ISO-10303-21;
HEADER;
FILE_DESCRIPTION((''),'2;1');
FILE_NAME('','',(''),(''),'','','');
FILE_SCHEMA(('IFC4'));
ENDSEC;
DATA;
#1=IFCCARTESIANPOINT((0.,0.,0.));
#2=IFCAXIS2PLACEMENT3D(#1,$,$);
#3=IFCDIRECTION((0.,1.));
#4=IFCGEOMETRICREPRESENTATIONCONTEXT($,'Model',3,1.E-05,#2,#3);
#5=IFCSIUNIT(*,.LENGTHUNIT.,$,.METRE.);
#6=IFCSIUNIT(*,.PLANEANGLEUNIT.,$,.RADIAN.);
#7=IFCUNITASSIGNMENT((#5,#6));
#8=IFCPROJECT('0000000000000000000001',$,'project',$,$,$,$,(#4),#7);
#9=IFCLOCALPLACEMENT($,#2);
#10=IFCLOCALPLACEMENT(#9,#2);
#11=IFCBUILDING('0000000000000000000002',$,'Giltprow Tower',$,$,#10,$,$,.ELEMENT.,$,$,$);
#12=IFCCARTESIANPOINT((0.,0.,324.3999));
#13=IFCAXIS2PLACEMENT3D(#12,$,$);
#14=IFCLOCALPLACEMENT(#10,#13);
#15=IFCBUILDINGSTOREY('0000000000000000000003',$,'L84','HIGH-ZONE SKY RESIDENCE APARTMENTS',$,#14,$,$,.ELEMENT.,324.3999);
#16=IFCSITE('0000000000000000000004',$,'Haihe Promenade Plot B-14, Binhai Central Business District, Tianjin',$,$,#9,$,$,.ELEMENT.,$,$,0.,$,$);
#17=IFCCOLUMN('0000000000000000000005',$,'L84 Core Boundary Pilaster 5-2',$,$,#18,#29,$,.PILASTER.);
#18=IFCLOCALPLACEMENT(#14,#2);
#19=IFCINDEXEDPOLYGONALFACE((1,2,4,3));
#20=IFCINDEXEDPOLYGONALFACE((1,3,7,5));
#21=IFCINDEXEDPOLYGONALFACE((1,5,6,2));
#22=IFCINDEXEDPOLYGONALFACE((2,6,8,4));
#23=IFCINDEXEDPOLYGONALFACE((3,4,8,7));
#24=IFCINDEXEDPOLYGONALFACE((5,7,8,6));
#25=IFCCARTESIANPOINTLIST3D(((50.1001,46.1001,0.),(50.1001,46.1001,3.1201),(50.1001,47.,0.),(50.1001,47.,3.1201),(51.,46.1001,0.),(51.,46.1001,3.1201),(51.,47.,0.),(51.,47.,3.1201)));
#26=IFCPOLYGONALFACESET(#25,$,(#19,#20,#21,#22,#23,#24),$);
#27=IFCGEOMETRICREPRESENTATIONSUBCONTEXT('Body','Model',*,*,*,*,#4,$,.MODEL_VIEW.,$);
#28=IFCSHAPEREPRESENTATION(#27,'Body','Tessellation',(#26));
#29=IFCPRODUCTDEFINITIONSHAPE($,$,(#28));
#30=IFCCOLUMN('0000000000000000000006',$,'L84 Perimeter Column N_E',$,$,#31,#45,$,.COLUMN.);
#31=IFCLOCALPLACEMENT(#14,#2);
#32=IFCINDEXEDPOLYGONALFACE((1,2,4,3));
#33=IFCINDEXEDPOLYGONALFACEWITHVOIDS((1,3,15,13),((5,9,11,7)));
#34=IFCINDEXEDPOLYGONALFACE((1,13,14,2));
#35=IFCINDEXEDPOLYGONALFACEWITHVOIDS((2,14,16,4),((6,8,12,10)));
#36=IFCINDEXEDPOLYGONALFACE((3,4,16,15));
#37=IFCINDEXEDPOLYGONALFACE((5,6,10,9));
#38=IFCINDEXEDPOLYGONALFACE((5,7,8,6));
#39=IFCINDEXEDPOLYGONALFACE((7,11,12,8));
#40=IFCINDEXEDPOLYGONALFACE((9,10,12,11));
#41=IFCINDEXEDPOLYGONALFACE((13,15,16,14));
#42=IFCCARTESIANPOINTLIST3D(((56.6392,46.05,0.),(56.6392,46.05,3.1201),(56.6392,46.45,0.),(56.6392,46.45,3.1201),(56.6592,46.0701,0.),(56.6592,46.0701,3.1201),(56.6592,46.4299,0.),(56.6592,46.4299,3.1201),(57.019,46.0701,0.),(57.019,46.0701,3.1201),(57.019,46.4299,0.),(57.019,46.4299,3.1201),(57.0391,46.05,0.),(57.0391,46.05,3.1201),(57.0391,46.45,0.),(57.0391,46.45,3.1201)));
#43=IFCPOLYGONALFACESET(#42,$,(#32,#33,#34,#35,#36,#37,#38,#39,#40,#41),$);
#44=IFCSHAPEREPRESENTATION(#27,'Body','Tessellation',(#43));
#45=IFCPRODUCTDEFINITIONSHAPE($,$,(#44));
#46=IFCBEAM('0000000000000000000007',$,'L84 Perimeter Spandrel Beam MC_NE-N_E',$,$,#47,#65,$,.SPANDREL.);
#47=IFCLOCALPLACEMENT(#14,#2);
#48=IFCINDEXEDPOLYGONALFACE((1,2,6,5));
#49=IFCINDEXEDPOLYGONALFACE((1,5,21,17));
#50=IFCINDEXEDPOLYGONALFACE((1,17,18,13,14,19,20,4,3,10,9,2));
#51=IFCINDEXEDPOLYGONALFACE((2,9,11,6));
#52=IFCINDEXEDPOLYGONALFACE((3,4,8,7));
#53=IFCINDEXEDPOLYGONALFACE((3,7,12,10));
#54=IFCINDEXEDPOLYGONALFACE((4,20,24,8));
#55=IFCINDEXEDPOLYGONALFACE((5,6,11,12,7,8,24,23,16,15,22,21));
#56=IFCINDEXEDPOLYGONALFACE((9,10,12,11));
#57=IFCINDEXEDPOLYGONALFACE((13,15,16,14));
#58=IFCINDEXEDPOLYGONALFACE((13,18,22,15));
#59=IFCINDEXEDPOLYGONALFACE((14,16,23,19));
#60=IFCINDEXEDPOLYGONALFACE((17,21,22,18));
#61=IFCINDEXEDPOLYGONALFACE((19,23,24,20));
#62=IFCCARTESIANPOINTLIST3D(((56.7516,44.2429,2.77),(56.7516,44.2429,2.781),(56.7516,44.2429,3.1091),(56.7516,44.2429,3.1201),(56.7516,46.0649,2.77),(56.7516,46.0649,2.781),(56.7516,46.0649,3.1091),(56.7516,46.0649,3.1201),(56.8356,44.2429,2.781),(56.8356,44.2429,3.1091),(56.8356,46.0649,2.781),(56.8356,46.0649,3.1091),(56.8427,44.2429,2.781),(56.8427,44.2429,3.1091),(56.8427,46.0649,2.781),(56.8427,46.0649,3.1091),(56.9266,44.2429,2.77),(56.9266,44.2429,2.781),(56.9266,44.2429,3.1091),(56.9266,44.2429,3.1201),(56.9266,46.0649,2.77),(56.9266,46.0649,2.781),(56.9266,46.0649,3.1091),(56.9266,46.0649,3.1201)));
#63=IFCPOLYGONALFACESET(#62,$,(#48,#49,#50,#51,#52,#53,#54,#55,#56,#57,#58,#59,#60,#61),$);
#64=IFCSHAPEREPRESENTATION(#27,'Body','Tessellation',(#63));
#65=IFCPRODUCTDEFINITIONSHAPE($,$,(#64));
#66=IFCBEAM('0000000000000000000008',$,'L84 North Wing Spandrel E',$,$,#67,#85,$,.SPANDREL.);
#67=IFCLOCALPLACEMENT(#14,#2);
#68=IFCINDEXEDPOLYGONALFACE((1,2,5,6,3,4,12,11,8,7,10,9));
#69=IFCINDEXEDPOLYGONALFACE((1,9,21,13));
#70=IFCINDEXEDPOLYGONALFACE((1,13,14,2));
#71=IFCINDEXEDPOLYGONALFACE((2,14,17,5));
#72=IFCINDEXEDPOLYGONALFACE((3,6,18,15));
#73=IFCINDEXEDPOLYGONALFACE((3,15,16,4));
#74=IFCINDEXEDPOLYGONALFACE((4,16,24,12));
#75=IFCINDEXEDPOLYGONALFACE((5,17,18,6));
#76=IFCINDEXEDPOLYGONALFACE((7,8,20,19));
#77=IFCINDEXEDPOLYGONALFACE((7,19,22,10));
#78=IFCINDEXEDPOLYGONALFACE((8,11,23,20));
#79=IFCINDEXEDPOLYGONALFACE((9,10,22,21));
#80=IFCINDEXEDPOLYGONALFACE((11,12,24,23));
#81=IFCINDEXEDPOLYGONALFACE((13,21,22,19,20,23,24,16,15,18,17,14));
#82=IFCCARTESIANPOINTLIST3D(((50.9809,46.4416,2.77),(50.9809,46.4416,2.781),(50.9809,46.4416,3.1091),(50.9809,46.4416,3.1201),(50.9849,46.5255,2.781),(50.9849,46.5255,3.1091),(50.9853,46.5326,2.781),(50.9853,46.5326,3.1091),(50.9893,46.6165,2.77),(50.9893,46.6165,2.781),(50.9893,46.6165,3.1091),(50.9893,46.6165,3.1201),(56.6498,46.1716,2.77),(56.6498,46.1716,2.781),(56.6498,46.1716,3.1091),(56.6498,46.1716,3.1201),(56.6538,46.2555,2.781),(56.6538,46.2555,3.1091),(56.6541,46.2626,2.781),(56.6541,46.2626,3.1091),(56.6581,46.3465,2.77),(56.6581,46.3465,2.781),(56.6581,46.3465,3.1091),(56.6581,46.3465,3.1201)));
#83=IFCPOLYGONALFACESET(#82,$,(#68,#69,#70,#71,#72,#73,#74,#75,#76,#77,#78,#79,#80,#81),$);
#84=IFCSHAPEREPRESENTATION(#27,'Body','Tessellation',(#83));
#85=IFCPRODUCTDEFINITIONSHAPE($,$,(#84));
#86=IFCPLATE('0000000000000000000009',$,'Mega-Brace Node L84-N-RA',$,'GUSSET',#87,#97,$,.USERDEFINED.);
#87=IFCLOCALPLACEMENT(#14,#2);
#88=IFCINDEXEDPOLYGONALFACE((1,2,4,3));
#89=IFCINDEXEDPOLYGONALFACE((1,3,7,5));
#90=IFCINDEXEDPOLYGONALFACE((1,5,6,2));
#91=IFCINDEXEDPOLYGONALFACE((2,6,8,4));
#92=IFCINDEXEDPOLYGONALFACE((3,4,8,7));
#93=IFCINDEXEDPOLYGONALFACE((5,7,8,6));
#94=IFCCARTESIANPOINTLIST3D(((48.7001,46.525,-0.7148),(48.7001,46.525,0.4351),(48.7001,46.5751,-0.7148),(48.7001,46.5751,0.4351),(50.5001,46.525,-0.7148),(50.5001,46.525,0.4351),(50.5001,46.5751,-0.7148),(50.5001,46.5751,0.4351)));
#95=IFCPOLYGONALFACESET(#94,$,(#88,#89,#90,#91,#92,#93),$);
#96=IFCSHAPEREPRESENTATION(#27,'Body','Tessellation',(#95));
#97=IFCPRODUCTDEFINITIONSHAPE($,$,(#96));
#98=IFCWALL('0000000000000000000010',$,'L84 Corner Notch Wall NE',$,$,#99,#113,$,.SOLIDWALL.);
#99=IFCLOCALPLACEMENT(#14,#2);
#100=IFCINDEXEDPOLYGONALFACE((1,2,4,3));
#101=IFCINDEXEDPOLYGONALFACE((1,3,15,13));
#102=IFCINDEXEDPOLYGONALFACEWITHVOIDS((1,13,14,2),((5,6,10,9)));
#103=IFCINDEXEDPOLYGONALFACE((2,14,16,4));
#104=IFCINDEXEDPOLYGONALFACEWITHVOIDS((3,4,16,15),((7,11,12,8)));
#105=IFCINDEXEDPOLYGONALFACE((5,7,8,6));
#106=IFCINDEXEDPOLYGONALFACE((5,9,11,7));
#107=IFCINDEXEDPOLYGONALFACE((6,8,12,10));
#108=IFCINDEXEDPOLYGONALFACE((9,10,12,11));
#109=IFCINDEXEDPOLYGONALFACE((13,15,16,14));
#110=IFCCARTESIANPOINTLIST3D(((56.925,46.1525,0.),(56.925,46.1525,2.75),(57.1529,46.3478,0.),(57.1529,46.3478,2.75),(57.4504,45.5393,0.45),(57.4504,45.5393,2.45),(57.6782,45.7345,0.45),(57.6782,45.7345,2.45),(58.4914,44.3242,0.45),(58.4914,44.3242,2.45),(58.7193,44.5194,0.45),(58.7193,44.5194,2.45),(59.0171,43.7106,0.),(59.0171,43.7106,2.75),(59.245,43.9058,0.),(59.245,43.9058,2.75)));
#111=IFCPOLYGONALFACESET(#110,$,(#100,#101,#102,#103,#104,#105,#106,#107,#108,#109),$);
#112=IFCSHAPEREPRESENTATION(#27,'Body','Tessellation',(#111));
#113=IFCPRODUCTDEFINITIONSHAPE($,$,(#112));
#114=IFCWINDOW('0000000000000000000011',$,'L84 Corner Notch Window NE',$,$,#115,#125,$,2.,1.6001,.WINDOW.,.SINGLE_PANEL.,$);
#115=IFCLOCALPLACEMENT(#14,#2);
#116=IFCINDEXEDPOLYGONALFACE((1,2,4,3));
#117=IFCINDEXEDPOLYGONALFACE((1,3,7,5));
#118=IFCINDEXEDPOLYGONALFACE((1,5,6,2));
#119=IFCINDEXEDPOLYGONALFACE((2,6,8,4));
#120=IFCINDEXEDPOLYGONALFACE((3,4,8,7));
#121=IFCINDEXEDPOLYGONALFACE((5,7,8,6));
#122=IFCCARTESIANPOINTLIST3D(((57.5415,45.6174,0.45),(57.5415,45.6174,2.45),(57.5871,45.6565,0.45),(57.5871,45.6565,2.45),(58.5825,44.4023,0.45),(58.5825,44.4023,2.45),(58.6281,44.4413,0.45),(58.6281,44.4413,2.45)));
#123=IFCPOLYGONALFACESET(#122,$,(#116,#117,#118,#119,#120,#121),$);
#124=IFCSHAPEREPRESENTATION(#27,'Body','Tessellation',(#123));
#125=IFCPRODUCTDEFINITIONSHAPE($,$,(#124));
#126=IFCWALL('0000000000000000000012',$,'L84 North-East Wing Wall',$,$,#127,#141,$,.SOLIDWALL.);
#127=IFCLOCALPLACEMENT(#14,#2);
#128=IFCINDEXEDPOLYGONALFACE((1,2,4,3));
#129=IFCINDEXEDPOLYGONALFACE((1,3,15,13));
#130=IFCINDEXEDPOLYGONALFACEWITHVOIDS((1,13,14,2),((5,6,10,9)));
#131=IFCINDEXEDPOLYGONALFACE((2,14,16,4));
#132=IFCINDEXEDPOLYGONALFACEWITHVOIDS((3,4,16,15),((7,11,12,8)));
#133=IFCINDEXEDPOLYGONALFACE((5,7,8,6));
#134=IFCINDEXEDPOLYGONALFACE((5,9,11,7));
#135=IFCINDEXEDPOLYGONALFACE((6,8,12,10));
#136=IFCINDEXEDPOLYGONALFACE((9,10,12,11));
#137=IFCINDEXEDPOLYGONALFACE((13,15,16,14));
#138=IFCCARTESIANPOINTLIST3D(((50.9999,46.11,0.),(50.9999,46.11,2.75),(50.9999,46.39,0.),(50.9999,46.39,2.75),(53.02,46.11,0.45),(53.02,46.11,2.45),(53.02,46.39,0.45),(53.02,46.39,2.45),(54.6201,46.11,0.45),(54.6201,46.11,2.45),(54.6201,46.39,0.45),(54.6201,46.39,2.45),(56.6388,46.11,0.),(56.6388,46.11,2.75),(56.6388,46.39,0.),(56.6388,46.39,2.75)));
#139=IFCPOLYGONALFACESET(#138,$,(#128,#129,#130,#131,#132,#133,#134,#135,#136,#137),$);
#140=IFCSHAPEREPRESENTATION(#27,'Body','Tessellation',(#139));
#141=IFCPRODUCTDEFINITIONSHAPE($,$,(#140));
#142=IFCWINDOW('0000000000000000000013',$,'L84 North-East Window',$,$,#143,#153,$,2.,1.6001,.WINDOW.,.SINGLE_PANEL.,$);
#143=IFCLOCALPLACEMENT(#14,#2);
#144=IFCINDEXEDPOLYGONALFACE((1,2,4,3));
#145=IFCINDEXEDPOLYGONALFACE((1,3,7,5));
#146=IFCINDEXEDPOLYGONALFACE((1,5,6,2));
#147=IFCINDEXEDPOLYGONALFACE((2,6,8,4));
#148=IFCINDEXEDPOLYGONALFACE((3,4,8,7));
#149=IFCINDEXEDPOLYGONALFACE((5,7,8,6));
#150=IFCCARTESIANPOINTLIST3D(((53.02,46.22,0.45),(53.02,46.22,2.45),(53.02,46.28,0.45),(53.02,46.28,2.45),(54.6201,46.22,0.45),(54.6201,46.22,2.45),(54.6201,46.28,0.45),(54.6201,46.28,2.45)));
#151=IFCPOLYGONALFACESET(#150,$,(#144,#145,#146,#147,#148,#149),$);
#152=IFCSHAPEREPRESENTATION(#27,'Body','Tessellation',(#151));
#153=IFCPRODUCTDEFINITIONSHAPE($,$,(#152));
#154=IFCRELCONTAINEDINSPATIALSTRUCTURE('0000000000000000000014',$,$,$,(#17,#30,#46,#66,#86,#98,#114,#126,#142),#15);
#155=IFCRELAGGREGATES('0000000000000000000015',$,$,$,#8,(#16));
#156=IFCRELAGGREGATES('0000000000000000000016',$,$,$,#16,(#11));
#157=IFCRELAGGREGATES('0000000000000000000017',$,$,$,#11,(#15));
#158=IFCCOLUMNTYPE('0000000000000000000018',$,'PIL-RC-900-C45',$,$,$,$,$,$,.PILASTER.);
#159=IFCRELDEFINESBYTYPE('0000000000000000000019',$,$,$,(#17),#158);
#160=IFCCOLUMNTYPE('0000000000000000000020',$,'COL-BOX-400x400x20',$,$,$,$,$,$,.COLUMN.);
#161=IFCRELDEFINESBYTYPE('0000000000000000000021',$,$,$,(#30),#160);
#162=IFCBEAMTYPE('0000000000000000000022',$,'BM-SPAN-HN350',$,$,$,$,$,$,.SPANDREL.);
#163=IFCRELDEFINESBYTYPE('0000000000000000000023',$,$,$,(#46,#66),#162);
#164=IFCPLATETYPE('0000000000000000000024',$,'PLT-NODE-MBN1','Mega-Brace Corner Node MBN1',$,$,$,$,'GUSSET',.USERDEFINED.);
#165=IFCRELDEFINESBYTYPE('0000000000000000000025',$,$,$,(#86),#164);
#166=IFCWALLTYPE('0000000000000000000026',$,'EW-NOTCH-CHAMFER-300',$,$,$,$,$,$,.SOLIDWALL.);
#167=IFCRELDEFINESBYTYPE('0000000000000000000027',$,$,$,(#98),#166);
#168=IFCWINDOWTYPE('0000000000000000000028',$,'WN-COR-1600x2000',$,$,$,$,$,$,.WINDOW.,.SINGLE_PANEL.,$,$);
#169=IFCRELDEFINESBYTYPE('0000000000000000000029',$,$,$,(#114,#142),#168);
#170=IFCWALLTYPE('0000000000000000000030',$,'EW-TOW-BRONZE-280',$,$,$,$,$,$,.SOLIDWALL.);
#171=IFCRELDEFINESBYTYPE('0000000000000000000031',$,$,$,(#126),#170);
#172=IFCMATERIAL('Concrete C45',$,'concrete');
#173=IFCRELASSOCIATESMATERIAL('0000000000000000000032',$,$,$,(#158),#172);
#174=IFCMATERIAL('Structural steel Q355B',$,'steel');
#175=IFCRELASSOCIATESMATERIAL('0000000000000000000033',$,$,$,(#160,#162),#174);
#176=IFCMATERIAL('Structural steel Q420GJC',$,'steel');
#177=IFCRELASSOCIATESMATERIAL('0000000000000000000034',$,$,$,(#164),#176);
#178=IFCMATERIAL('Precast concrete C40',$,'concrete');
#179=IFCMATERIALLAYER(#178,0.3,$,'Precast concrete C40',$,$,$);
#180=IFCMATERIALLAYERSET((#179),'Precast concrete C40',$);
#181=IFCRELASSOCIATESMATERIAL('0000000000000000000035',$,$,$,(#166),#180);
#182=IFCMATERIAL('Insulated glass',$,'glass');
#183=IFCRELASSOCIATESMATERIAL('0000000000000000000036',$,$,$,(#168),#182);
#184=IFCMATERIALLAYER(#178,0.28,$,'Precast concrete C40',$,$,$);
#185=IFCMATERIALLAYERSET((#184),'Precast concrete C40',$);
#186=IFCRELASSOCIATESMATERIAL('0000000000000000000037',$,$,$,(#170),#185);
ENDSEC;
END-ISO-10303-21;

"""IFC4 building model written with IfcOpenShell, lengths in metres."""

from ifc_helpers import new_model, si_unit, direction, frame, frame_2d, origin, origin_2d, place, context, subcontext, project, spatial, rectangle, hollow_rectangle, i_section, extrude, source, transform, mapped, material, layer, layer_set, material_profile, profile_set, type_object, element, fill, save


model = new_model("IFC4")

# Units and contexts
model_context = context("Model", 3, precision=1e-05, world=origin(), true_north=direction((0.0, 1.0)))
body_context = subcontext(model_context, "Body", "Model", "MODEL_VIEW")
ifc_project = project(units=[si_unit("LENGTHUNIT", "METRE"), si_unit("PLANEANGLEUNIT", "RADIAN")], contexts=[model_context])

# Site, building, storey
site_placement = place(None, origin())
site = spatial("IfcSite", under=ifc_project, at=site_placement, Name="Haihe Promenade Plot B-14, Binhai Central Business District, Tianjin", CompositionType="ELEMENT", RefElevation=0.0)
building_placement = place(site_placement, origin())
building = spatial("IfcBuilding", under=site, at=building_placement, Name="Giltprow Tower", CompositionType="ELEMENT")
storey_placement = place(building_placement, frame((0.0, 0.0, 324.3999)))
storey = spatial("IfcBuildingStorey", under=building, at=storey_placement, Name="L84", Description="HIGH-ZONE SKY RESIDENCE APARTMENTS", CompositionType="ELEMENT", Elevation=324.3999)

# Columns
ifc_material_1 = material(Name="Concrete C45", Category="concrete")
ifc_material_profile_1 = material_profile(ifc_material_1, rectangle(XDim=0.8999, YDim=0.8999, at=origin_2d()), Name="RC 900x900")
ifc_profile_set_1 = profile_set([ifc_material_profile_1], Name="Concrete C45")
column_type_1 = type_object("IfcColumnType", Name="PIL-RC-900-C45", PredefinedType="PILASTER", material=ifc_profile_set_1)
shared_shape_1 = source(origin(), body_context, "Body", "SweptSolid", [
    extrude(rectangle(XDim=0.8999, YDim=0.8999, at=origin_2d()), origin(), (0.0, 0.0, 1.0), 3.1201),
])
column_1_placement = place(storey_placement, frame((50.55, 46.55, 0.0), z_axis=(0.0, 0.0, 1.0), x_axis=(1.0, 0.0, 0.0)))
element("IfcColumn", 1, at=column_1_placement, inside=storey, type_object=column_type_1, Name="L84 Core Boundary Pilaster 5-2", PredefinedType="PILASTER", context=body_context, shape_type="MappedRepresentation", body=[
    mapped(shared_shape_1, transform((0.0, 0.0, 0.0), x_axis=(1.0, 0.0, 0.0), y_axis=(0.0, 1.0, 0.0), z_axis=(0.0, 0.0, 1.0), scale=1.0)),
])
ifc_material_2 = material(Name="Structural steel Q355B", Category="steel")
ifc_material_profile_2 = material_profile(ifc_material_2, hollow_rectangle(XDim=0.3999, YDim=0.3999, WallThickness=0.02, at=origin_2d()), Name="BOX 400x400x20")
ifc_profile_set_2 = profile_set([ifc_material_profile_2], Name="Structural steel Q355B")
column_type_2 = type_object("IfcColumnType", Name="COL-BOX-400x400x20", PredefinedType="COLUMN", material=ifc_profile_set_2)
shared_shape_2 = source(origin(), body_context, "Body", "SweptSolid", [
    extrude(hollow_rectangle(XDim=0.3999, YDim=0.3999, WallThickness=0.02, at=origin_2d()), origin(), (0.0, 0.0, 1.0), 3.1201),
])
column_2_placement = place(storey_placement, frame((56.8391, 46.25, 0.0), z_axis=(0.0, 0.0, 1.0), x_axis=(1.0, 0.0, 0.0)))
element("IfcColumn", 2, at=column_2_placement, inside=storey, type_object=column_type_2, Name="L84 Perimeter Column N_E", PredefinedType="COLUMN", context=body_context, shape_type="MappedRepresentation", body=[
    mapped(shared_shape_2, transform((0.0, 0.0, 0.0), x_axis=(1.0, 0.0, 0.0), y_axis=(0.0, 1.0, 0.0), z_axis=(0.0, 0.0, 1.0), scale=1.0)),
])

# Beams
ifc_material_profile_3 = material_profile(ifc_material_2, i_section(OverallWidth=0.175, OverallDepth=0.3501, WebThickness=0.0071, FlangeThickness=0.011, at=origin_2d()), Name="HN 350x175x7x11")
ifc_profile_set_3 = profile_set([ifc_material_profile_3], Name="Structural steel Q355B")
beam_type = type_object("IfcBeamType", Name="BM-SPAN-HN350", PredefinedType="SPANDREL", material=ifc_profile_set_3)
shared_shape_3 = source(origin(), body_context, "Body", "SweptSolid", [
    extrude(i_section(OverallWidth=0.175, OverallDepth=0.3501, WebThickness=0.0071, FlangeThickness=0.011, at=origin_2d()), origin(), (0.0, 0.0, 1.0), 1.822),
])
beam_1_placement = place(storey_placement, frame((56.8391, 44.2429, 2.9451), z_axis=(0.0, 1.0, 0.0), x_axis=(-1.0, 0.0, 0.0)))
element("IfcBeam", 3, at=beam_1_placement, inside=storey, type_object=beam_type, Name="L84 Perimeter Spandrel Beam MC_NE-N_E", PredefinedType="SPANDREL", context=body_context, shape_type="MappedRepresentation", body=[
    mapped(shared_shape_3, transform((0.0, 0.0, 0.0), x_axis=(1.0, 0.0, 0.0), y_axis=(0.0, 1.0, 0.0), z_axis=(0.0, 0.0, 1.0), scale=1.0)),
])
shared_shape_4 = source(origin(), body_context, "Body", "SweptSolid", [
    extrude(i_section(OverallWidth=0.175, OverallDepth=0.3501, WebThickness=0.0071, FlangeThickness=0.011, at=origin_2d()), origin(), (0.0, 0.0, 1.0), 5.6753),
])
beam_2_placement = place(storey_placement, frame((50.9851, 46.5291, 2.9451), z_axis=(0.998868, -0.047577, 0.0), x_axis=(0.047577, 0.998868, 0.0)))
element("IfcBeam", 4, at=beam_2_placement, inside=storey, type_object=beam_type, Name="L84 North Wing Spandrel E", PredefinedType="SPANDREL", context=body_context, shape_type="MappedRepresentation", body=[
    mapped(shared_shape_4, transform((0.0, 0.0, 0.0), x_axis=(1.0, 0.0, 0.0), y_axis=(0.0, 1.0, 0.0), z_axis=(0.0, 0.0, 1.0), scale=1.0)),
])

# Plate
ifc_material_3 = material(Name="Structural steel Q420GJC", Category="steel")
plate_type = type_object("IfcPlateType", Name="PLT-NODE-MBN1", Description="Mega-Brace Corner Node MBN1", ElementType="GUSSET", PredefinedType="USERDEFINED", material=ifc_material_3)
shared_shape_5 = source(origin(), body_context, "Body", "SweptSolid", [
    extrude(rectangle(XDim=1.8, YDim=0.05, at=origin_2d()), origin(), (0.0, 0.0, 1.0), 1.1499),
])
plate_placement = place(storey_placement, frame((49.6001, 46.55, -0.7148), z_axis=(0.0, 0.0, 1.0), x_axis=(1.0, 0.0, 0.0)))
element("IfcPlate", 5, at=plate_placement, inside=storey, type_object=plate_type, Name="Mega-Brace Node L84-N-RA", ObjectType="GUSSET", PredefinedType="USERDEFINED", context=body_context, shape_type="MappedRepresentation", body=[
    mapped(shared_shape_5, transform((0.0, 0.0, 0.0), x_axis=(1.0, 0.0, 0.0), y_axis=(0.0, 1.0, 0.0), z_axis=(0.0, 0.0, 1.0), scale=1.0)),
])

# Walls, openings, windows
ifc_material_4 = material(Name="Precast concrete C40", Category="concrete")
ifc_layer_1 = layer(ifc_material_4, 0.3, Name="Precast concrete C40")
ifc_layer_set_1 = layer_set([ifc_layer_1], Name="Precast concrete C40")
wall_type_1 = type_object("IfcWallType", Name="EW-NOTCH-CHAMFER-300", PredefinedType="SOLIDWALL", material=ifc_layer_set_1)
wall_1_placement = place(storey_placement, frame((59.1311, 43.8081, 0.0), z_axis=(0.0, 0.0, 1.0), x_axis=(-0.65061, 0.759412, 0.0)))
wall_1 = element("IfcWall", 6, at=wall_1_placement, inside=storey, type_object=wall_type_1, Name="L84 Corner Notch Wall NE", PredefinedType="SOLIDWALL", context=body_context, shape_type="SweptSolid", body=[
    extrude(rectangle(XDim=3.2156, YDim=0.3, at=frame_2d((1.6079, 0.0))), origin(), (0.0, 0.0, 1.0), 2.75),
])
opening_1_placement = place(wall_1_placement, frame((0.8081, 0.0, 0.45)))
opening_1 = element("IfcOpeningElement", 7, at=opening_1_placement, cuts=wall_1, PredefinedType="OPENING", context=body_context, shape_type="SweptSolid", body=[
    extrude(rectangle(XDim=1.6001, YDim=2.0, at=frame_2d((0.8, 1.0))), frame((0.0, 0.1599, 0.0), z_axis=(0.0, -1.0, 0.0), x_axis=(1.0, 0.0, 0.0)), (0.0, 0.0, 1.0), 0.3201),
])
ifc_material_5 = material(Name="Insulated glass", Category="glass")
window_type = type_object("IfcWindowType", Name="WN-COR-1600x2000", PartitioningType="SINGLE_PANEL", PredefinedType="WINDOW", material=ifc_material_5)
shared_shape_6 = source(origin(), body_context, "Body", "SweptSolid", [
    extrude(rectangle(XDim=1.6001, YDim=2.0, at=frame_2d((0.8, 1.0))), frame((0.0, 0.03, 0.0), z_axis=(0.0, -1.0, 0.0), x_axis=(1.0, 0.0, 0.0)), (0.0, 0.0, 1.0), 0.0601),
])
window_1_placement = place(opening_1_placement, origin())
window_1 = element("IfcWindow", 8, at=window_1_placement, inside=storey, type_object=window_type, Name="L84 Corner Notch Window NE", OverallHeight=2.0, OverallWidth=1.6001, PartitioningType="SINGLE_PANEL", PredefinedType="WINDOW", context=body_context, shape_type="MappedRepresentation", body=[
    mapped(shared_shape_6, transform((0.0, 0.0, 0.0), x_axis=(1.0, 0.0, 0.0), y_axis=(0.0, 1.0, 0.0), z_axis=(0.0, 0.0, 1.0), scale=1.0)),
])
fill(opening_1, window_1)
ifc_layer_2 = layer(ifc_material_4, 0.28, Name="Precast concrete C40")
ifc_layer_set_2 = layer_set([ifc_layer_2], Name="Precast concrete C40")
wall_type_2 = type_object("IfcWallType", Name="EW-TOW-BRONZE-280", PredefinedType="SOLIDWALL", material=ifc_layer_set_2)
wall_2_placement = place(storey_placement, frame((51.0, 46.25, 0.0), z_axis=(0.0, 0.0, 1.0), x_axis=(1.0, 0.0, 0.0)))
wall_2 = element("IfcWall", 9, at=wall_2_placement, inside=storey, type_object=wall_type_2, Name="L84 North-East Wing Wall", PredefinedType="SOLIDWALL", context=body_context, shape_type="SweptSolid", body=[
    extrude(rectangle(XDim=5.6389, YDim=0.28, at=frame_2d((2.8193, 0.0))), origin(), (0.0, 0.0, 1.0), 2.75),
])
opening_2_placement = place(wall_2_placement, frame((2.02, 0.0, 0.45)))
opening_2 = element("IfcOpeningElement", 10, at=opening_2_placement, cuts=wall_2, PredefinedType="OPENING", context=body_context, shape_type="SweptSolid", body=[
    extrude(rectangle(XDim=1.6001, YDim=2.0, at=frame_2d((0.8, 1.0))), frame((0.0, 0.1499, 0.0), z_axis=(0.0, -1.0, 0.0), x_axis=(1.0, 0.0, 0.0)), (0.0, 0.0, 1.0), 0.3),
])
window_2_placement = place(opening_2_placement, origin())
window_2 = element("IfcWindow", 11, at=window_2_placement, inside=storey, type_object=window_type, Name="L84 North-East Window", OverallHeight=2.0, OverallWidth=1.6001, PartitioningType="SINGLE_PANEL", PredefinedType="WINDOW", context=body_context, shape_type="MappedRepresentation", body=[
    mapped(shared_shape_6, transform((0.0, 0.0, 0.0), x_axis=(1.0, 0.0, 0.0), y_axis=(0.0, 1.0, 0.0), z_axis=(0.0, 0.0, 1.0), scale=1.0)),
])
fill(opening_2, window_2)

save(model, "model.ifc")
